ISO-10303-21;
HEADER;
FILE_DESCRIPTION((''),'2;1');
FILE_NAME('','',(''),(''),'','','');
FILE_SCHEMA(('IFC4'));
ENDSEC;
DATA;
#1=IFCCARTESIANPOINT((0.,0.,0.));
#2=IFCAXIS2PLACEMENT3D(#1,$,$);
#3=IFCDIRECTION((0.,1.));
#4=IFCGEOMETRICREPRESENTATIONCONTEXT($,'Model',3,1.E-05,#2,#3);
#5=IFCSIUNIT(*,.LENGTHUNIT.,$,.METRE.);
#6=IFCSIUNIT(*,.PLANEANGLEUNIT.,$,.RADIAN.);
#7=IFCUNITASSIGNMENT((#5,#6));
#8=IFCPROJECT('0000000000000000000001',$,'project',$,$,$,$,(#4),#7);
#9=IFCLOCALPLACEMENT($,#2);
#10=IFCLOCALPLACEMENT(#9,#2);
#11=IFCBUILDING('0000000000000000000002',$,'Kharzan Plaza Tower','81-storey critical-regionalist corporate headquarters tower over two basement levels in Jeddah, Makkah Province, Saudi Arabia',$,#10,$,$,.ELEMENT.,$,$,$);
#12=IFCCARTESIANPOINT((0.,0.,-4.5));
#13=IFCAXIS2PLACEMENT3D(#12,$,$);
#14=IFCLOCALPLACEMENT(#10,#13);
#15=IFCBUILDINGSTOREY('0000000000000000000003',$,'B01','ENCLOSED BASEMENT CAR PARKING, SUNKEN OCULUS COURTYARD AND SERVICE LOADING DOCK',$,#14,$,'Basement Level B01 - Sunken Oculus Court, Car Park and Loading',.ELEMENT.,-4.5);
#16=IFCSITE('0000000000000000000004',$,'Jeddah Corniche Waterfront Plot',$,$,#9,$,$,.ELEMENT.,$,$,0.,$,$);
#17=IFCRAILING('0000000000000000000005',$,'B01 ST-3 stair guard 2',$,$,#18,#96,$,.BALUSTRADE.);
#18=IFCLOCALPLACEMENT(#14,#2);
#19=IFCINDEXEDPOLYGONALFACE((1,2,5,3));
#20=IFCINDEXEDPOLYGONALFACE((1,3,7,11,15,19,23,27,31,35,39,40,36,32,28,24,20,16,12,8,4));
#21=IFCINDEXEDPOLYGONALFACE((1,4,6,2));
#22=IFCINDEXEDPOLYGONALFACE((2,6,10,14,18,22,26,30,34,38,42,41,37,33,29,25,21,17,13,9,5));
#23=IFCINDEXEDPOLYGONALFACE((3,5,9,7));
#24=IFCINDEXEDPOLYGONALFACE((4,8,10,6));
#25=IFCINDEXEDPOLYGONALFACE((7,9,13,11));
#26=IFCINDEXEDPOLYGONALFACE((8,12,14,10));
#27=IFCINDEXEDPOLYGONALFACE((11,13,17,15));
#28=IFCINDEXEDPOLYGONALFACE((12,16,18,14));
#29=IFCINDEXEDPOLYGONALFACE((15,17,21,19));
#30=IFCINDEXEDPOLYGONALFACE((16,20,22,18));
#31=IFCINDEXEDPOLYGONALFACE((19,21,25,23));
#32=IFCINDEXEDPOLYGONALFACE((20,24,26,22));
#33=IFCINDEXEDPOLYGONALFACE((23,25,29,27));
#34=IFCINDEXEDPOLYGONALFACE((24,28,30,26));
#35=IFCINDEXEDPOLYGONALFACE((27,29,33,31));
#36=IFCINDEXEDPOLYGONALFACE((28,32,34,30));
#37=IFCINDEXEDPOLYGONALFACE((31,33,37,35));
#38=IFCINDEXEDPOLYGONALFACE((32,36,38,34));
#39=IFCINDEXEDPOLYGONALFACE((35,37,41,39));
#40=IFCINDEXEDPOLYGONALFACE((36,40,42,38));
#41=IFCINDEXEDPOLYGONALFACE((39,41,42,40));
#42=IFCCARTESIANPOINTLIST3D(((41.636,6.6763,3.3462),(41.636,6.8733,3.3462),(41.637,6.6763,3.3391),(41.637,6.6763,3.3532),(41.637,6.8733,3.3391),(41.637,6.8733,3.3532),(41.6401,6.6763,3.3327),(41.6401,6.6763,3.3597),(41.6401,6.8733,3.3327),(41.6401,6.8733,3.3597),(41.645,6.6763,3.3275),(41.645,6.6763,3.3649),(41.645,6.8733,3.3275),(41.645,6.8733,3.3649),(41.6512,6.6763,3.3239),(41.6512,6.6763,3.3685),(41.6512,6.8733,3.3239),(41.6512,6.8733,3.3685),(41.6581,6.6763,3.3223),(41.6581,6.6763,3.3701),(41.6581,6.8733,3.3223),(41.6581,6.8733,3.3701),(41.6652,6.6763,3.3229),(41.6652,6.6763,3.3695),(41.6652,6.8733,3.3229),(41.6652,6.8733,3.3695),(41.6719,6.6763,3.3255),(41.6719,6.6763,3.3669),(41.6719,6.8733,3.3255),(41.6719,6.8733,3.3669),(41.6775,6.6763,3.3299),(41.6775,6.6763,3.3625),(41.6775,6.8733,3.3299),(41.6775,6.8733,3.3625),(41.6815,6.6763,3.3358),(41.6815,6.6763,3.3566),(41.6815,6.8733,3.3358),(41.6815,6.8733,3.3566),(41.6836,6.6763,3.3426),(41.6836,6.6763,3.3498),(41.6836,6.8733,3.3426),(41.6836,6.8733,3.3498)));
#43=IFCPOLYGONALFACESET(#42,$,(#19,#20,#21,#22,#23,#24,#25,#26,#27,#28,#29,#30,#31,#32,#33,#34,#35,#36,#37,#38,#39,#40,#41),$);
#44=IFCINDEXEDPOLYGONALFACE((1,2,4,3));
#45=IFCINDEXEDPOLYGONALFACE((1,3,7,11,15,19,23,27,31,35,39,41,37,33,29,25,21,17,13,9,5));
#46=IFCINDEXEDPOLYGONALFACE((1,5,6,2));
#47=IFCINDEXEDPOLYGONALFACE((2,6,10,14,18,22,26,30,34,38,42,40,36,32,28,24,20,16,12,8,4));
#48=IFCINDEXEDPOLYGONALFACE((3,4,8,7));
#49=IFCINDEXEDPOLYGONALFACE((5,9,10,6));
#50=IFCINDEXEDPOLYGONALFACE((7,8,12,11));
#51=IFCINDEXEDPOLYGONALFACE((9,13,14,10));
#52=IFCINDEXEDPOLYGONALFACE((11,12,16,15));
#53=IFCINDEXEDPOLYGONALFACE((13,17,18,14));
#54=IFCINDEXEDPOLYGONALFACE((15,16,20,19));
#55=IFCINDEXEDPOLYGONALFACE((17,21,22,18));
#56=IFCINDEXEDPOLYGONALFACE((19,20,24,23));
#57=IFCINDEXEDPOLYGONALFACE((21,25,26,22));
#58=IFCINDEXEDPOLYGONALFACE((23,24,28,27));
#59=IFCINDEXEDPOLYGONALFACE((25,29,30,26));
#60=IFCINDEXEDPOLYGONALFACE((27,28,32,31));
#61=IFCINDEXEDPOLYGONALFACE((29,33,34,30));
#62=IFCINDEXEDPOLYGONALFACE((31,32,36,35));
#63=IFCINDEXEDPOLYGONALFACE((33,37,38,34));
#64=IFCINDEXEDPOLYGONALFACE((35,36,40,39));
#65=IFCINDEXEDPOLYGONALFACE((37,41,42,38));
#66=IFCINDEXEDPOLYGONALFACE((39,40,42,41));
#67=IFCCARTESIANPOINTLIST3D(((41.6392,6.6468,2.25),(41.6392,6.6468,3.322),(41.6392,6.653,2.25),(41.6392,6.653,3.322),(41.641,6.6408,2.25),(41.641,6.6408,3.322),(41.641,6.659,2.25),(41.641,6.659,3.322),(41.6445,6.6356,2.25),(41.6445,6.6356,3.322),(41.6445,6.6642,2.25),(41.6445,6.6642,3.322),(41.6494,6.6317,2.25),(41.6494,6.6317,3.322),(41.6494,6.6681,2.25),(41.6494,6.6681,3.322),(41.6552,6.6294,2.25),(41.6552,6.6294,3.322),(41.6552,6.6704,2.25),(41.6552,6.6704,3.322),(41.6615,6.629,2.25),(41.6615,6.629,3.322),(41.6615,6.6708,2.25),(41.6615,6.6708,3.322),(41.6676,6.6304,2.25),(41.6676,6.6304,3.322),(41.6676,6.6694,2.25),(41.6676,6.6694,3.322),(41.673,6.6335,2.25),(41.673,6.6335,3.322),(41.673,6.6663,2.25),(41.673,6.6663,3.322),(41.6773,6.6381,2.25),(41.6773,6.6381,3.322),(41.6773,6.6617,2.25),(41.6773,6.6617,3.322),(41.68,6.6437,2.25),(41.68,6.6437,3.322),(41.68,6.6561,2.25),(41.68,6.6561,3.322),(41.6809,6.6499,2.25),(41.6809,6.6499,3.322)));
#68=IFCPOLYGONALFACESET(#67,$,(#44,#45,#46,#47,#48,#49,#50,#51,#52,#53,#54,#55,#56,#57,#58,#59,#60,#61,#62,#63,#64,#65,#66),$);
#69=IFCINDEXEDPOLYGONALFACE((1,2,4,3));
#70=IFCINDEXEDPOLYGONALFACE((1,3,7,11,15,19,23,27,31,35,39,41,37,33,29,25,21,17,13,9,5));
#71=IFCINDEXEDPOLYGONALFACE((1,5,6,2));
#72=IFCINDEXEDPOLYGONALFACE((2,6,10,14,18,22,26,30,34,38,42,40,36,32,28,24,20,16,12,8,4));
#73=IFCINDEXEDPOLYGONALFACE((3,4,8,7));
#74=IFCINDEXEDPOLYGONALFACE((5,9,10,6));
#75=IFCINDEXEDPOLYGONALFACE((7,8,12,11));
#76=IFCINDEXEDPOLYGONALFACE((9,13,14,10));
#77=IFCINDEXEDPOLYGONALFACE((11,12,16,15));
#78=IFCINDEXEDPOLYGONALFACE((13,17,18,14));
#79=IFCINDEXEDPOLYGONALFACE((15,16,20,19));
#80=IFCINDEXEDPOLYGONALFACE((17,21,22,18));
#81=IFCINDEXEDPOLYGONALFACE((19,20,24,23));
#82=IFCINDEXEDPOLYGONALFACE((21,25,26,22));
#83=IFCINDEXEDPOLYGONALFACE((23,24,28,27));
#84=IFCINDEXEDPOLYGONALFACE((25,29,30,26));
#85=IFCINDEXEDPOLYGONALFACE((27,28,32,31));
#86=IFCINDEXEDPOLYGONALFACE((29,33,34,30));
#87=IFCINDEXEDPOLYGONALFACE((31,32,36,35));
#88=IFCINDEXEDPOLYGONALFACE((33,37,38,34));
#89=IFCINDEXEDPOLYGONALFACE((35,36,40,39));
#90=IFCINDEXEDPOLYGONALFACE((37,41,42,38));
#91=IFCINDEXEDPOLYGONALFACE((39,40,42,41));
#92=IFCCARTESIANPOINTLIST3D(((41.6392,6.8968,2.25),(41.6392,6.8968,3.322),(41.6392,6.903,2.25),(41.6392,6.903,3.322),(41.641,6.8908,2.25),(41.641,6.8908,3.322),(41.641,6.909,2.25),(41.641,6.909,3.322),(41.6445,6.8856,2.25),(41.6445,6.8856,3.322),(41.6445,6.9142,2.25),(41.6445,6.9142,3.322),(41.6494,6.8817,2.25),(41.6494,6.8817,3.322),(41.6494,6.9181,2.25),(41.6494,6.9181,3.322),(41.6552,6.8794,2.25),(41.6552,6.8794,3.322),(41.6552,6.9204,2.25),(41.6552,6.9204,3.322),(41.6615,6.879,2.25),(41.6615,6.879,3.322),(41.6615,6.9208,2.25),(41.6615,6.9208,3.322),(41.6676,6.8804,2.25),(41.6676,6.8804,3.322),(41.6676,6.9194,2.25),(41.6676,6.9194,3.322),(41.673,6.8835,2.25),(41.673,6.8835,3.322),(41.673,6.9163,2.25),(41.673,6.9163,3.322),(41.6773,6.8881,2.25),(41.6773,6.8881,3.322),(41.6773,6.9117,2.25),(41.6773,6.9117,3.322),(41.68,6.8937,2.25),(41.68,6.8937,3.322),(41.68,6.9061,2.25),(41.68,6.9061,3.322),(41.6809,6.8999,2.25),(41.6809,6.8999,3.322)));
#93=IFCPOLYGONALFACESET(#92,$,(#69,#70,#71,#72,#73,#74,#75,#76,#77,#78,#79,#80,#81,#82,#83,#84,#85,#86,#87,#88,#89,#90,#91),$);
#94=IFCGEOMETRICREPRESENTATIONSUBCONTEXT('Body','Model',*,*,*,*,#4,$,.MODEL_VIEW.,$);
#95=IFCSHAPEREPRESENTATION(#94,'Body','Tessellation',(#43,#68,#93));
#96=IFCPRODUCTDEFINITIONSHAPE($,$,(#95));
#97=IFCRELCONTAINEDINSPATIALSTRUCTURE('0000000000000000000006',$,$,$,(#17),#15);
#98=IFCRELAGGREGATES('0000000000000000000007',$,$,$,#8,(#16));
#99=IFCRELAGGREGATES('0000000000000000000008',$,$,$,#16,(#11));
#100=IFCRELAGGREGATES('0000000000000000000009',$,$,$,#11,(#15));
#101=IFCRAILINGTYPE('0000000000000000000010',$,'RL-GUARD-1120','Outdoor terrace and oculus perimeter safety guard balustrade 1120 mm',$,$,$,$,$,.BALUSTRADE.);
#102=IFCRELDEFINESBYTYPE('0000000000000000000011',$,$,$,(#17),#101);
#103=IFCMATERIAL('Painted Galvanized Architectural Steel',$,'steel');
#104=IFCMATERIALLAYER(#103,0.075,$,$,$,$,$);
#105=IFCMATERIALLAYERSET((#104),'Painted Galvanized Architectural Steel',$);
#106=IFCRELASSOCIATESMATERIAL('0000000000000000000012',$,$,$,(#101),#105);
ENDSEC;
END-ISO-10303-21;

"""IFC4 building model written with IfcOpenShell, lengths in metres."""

from ifc_helpers import new_model, si_unit, direction, frame, origin, origin_2d, place, context, subcontext, project, spatial, circle, extrude, source, transform, mapped, material, layer, layer_set, type_object, element, save


model = new_model("IFC4")

# Units and contexts
model_context = context("Model", 3, precision=1e-05, world=origin(), true_north=direction((0.0, 1.0)))
body_context = subcontext(model_context, "Body", "Model", "MODEL_VIEW")
ifc_project = project(units=[si_unit("LENGTHUNIT", "METRE"), si_unit("PLANEANGLEUNIT", "RADIAN")], contexts=[model_context])

# Site, building, storey
site_placement = place(None, origin())
site = spatial("IfcSite", under=ifc_project, at=site_placement, Name="Jeddah Corniche Waterfront Plot", CompositionType="ELEMENT", RefElevation=0.0)
building_placement = place(site_placement, origin())
building = spatial("IfcBuilding", under=site, at=building_placement, Name="Kharzan Plaza Tower", Description="81-storey critical-regionalist corporate headquarters tower over two basement levels in Jeddah, Makkah Province, Saudi Arabia", CompositionType="ELEMENT")
storey_placement = place(building_placement, frame((0.0, 0.0, -4.5)))
storey = spatial("IfcBuildingStorey", under=building, at=storey_placement, Name="B01", Description="ENCLOSED BASEMENT CAR PARKING, SUNKEN OCULUS COURTYARD AND SERVICE LOADING DOCK", LongName="Basement Level B01 - Sunken Oculus Court, Car Park and Loading", CompositionType="ELEMENT", Elevation=-4.5)

# Railing
ifc_material_1 = material(Name="Painted Galvanized Architectural Steel", Category="steel")
ifc_layer_1 = layer(ifc_material_1, 0.075)
ifc_layer_set_1 = layer_set([ifc_layer_1], Name="Painted Galvanized Architectural Steel")
railing_type_1 = type_object("IfcRailingType", Name="RL-GUARD-1120", Description="Outdoor terrace and oculus perimeter safety guard balustrade 1120 mm", PredefinedType="BALUSTRADE", material=ifc_layer_set_1)
shared_shape_1 = source(origin(), body_context, "Body", "SweptSolid", [
    extrude(circle(Radius=0.0239, at=origin_2d()), frame((0.0, 0.0264, 1.0962), z_axis=(0.0, 1.0, 0.0), x_axis=(-1.0, 0.0, 0.0)), (0.0, 0.0, 1.0), 0.197),
    extrude(circle(Radius=0.021, at=origin_2d()), origin(), (0.0, 0.0, 1.0), 1.072),
    extrude(circle(Radius=0.021, at=origin_2d()), frame((0.0, 0.25, 0.0)), (0.0, 0.0, 1.0), 1.072),
])
railing_1_placement = place(storey_placement, frame((41.6599, 6.6499, 2.25)))
element("IfcRailing", 1, at=railing_1_placement, inside=storey, type_object=railing_type_1, Name="B01 ST-3 stair guard 2", PredefinedType="BALUSTRADE", context=body_context, shape_type="MappedRepresentation", body=[
    mapped(shared_shape_1, transform((0.0, 0.0, 0.0), x_axis=(1.0, 0.0, 0.0), y_axis=(0.0, 1.0, 0.0), z_axis=(0.0, 0.0, 1.0))),
])

save(model, "model.ifc")
